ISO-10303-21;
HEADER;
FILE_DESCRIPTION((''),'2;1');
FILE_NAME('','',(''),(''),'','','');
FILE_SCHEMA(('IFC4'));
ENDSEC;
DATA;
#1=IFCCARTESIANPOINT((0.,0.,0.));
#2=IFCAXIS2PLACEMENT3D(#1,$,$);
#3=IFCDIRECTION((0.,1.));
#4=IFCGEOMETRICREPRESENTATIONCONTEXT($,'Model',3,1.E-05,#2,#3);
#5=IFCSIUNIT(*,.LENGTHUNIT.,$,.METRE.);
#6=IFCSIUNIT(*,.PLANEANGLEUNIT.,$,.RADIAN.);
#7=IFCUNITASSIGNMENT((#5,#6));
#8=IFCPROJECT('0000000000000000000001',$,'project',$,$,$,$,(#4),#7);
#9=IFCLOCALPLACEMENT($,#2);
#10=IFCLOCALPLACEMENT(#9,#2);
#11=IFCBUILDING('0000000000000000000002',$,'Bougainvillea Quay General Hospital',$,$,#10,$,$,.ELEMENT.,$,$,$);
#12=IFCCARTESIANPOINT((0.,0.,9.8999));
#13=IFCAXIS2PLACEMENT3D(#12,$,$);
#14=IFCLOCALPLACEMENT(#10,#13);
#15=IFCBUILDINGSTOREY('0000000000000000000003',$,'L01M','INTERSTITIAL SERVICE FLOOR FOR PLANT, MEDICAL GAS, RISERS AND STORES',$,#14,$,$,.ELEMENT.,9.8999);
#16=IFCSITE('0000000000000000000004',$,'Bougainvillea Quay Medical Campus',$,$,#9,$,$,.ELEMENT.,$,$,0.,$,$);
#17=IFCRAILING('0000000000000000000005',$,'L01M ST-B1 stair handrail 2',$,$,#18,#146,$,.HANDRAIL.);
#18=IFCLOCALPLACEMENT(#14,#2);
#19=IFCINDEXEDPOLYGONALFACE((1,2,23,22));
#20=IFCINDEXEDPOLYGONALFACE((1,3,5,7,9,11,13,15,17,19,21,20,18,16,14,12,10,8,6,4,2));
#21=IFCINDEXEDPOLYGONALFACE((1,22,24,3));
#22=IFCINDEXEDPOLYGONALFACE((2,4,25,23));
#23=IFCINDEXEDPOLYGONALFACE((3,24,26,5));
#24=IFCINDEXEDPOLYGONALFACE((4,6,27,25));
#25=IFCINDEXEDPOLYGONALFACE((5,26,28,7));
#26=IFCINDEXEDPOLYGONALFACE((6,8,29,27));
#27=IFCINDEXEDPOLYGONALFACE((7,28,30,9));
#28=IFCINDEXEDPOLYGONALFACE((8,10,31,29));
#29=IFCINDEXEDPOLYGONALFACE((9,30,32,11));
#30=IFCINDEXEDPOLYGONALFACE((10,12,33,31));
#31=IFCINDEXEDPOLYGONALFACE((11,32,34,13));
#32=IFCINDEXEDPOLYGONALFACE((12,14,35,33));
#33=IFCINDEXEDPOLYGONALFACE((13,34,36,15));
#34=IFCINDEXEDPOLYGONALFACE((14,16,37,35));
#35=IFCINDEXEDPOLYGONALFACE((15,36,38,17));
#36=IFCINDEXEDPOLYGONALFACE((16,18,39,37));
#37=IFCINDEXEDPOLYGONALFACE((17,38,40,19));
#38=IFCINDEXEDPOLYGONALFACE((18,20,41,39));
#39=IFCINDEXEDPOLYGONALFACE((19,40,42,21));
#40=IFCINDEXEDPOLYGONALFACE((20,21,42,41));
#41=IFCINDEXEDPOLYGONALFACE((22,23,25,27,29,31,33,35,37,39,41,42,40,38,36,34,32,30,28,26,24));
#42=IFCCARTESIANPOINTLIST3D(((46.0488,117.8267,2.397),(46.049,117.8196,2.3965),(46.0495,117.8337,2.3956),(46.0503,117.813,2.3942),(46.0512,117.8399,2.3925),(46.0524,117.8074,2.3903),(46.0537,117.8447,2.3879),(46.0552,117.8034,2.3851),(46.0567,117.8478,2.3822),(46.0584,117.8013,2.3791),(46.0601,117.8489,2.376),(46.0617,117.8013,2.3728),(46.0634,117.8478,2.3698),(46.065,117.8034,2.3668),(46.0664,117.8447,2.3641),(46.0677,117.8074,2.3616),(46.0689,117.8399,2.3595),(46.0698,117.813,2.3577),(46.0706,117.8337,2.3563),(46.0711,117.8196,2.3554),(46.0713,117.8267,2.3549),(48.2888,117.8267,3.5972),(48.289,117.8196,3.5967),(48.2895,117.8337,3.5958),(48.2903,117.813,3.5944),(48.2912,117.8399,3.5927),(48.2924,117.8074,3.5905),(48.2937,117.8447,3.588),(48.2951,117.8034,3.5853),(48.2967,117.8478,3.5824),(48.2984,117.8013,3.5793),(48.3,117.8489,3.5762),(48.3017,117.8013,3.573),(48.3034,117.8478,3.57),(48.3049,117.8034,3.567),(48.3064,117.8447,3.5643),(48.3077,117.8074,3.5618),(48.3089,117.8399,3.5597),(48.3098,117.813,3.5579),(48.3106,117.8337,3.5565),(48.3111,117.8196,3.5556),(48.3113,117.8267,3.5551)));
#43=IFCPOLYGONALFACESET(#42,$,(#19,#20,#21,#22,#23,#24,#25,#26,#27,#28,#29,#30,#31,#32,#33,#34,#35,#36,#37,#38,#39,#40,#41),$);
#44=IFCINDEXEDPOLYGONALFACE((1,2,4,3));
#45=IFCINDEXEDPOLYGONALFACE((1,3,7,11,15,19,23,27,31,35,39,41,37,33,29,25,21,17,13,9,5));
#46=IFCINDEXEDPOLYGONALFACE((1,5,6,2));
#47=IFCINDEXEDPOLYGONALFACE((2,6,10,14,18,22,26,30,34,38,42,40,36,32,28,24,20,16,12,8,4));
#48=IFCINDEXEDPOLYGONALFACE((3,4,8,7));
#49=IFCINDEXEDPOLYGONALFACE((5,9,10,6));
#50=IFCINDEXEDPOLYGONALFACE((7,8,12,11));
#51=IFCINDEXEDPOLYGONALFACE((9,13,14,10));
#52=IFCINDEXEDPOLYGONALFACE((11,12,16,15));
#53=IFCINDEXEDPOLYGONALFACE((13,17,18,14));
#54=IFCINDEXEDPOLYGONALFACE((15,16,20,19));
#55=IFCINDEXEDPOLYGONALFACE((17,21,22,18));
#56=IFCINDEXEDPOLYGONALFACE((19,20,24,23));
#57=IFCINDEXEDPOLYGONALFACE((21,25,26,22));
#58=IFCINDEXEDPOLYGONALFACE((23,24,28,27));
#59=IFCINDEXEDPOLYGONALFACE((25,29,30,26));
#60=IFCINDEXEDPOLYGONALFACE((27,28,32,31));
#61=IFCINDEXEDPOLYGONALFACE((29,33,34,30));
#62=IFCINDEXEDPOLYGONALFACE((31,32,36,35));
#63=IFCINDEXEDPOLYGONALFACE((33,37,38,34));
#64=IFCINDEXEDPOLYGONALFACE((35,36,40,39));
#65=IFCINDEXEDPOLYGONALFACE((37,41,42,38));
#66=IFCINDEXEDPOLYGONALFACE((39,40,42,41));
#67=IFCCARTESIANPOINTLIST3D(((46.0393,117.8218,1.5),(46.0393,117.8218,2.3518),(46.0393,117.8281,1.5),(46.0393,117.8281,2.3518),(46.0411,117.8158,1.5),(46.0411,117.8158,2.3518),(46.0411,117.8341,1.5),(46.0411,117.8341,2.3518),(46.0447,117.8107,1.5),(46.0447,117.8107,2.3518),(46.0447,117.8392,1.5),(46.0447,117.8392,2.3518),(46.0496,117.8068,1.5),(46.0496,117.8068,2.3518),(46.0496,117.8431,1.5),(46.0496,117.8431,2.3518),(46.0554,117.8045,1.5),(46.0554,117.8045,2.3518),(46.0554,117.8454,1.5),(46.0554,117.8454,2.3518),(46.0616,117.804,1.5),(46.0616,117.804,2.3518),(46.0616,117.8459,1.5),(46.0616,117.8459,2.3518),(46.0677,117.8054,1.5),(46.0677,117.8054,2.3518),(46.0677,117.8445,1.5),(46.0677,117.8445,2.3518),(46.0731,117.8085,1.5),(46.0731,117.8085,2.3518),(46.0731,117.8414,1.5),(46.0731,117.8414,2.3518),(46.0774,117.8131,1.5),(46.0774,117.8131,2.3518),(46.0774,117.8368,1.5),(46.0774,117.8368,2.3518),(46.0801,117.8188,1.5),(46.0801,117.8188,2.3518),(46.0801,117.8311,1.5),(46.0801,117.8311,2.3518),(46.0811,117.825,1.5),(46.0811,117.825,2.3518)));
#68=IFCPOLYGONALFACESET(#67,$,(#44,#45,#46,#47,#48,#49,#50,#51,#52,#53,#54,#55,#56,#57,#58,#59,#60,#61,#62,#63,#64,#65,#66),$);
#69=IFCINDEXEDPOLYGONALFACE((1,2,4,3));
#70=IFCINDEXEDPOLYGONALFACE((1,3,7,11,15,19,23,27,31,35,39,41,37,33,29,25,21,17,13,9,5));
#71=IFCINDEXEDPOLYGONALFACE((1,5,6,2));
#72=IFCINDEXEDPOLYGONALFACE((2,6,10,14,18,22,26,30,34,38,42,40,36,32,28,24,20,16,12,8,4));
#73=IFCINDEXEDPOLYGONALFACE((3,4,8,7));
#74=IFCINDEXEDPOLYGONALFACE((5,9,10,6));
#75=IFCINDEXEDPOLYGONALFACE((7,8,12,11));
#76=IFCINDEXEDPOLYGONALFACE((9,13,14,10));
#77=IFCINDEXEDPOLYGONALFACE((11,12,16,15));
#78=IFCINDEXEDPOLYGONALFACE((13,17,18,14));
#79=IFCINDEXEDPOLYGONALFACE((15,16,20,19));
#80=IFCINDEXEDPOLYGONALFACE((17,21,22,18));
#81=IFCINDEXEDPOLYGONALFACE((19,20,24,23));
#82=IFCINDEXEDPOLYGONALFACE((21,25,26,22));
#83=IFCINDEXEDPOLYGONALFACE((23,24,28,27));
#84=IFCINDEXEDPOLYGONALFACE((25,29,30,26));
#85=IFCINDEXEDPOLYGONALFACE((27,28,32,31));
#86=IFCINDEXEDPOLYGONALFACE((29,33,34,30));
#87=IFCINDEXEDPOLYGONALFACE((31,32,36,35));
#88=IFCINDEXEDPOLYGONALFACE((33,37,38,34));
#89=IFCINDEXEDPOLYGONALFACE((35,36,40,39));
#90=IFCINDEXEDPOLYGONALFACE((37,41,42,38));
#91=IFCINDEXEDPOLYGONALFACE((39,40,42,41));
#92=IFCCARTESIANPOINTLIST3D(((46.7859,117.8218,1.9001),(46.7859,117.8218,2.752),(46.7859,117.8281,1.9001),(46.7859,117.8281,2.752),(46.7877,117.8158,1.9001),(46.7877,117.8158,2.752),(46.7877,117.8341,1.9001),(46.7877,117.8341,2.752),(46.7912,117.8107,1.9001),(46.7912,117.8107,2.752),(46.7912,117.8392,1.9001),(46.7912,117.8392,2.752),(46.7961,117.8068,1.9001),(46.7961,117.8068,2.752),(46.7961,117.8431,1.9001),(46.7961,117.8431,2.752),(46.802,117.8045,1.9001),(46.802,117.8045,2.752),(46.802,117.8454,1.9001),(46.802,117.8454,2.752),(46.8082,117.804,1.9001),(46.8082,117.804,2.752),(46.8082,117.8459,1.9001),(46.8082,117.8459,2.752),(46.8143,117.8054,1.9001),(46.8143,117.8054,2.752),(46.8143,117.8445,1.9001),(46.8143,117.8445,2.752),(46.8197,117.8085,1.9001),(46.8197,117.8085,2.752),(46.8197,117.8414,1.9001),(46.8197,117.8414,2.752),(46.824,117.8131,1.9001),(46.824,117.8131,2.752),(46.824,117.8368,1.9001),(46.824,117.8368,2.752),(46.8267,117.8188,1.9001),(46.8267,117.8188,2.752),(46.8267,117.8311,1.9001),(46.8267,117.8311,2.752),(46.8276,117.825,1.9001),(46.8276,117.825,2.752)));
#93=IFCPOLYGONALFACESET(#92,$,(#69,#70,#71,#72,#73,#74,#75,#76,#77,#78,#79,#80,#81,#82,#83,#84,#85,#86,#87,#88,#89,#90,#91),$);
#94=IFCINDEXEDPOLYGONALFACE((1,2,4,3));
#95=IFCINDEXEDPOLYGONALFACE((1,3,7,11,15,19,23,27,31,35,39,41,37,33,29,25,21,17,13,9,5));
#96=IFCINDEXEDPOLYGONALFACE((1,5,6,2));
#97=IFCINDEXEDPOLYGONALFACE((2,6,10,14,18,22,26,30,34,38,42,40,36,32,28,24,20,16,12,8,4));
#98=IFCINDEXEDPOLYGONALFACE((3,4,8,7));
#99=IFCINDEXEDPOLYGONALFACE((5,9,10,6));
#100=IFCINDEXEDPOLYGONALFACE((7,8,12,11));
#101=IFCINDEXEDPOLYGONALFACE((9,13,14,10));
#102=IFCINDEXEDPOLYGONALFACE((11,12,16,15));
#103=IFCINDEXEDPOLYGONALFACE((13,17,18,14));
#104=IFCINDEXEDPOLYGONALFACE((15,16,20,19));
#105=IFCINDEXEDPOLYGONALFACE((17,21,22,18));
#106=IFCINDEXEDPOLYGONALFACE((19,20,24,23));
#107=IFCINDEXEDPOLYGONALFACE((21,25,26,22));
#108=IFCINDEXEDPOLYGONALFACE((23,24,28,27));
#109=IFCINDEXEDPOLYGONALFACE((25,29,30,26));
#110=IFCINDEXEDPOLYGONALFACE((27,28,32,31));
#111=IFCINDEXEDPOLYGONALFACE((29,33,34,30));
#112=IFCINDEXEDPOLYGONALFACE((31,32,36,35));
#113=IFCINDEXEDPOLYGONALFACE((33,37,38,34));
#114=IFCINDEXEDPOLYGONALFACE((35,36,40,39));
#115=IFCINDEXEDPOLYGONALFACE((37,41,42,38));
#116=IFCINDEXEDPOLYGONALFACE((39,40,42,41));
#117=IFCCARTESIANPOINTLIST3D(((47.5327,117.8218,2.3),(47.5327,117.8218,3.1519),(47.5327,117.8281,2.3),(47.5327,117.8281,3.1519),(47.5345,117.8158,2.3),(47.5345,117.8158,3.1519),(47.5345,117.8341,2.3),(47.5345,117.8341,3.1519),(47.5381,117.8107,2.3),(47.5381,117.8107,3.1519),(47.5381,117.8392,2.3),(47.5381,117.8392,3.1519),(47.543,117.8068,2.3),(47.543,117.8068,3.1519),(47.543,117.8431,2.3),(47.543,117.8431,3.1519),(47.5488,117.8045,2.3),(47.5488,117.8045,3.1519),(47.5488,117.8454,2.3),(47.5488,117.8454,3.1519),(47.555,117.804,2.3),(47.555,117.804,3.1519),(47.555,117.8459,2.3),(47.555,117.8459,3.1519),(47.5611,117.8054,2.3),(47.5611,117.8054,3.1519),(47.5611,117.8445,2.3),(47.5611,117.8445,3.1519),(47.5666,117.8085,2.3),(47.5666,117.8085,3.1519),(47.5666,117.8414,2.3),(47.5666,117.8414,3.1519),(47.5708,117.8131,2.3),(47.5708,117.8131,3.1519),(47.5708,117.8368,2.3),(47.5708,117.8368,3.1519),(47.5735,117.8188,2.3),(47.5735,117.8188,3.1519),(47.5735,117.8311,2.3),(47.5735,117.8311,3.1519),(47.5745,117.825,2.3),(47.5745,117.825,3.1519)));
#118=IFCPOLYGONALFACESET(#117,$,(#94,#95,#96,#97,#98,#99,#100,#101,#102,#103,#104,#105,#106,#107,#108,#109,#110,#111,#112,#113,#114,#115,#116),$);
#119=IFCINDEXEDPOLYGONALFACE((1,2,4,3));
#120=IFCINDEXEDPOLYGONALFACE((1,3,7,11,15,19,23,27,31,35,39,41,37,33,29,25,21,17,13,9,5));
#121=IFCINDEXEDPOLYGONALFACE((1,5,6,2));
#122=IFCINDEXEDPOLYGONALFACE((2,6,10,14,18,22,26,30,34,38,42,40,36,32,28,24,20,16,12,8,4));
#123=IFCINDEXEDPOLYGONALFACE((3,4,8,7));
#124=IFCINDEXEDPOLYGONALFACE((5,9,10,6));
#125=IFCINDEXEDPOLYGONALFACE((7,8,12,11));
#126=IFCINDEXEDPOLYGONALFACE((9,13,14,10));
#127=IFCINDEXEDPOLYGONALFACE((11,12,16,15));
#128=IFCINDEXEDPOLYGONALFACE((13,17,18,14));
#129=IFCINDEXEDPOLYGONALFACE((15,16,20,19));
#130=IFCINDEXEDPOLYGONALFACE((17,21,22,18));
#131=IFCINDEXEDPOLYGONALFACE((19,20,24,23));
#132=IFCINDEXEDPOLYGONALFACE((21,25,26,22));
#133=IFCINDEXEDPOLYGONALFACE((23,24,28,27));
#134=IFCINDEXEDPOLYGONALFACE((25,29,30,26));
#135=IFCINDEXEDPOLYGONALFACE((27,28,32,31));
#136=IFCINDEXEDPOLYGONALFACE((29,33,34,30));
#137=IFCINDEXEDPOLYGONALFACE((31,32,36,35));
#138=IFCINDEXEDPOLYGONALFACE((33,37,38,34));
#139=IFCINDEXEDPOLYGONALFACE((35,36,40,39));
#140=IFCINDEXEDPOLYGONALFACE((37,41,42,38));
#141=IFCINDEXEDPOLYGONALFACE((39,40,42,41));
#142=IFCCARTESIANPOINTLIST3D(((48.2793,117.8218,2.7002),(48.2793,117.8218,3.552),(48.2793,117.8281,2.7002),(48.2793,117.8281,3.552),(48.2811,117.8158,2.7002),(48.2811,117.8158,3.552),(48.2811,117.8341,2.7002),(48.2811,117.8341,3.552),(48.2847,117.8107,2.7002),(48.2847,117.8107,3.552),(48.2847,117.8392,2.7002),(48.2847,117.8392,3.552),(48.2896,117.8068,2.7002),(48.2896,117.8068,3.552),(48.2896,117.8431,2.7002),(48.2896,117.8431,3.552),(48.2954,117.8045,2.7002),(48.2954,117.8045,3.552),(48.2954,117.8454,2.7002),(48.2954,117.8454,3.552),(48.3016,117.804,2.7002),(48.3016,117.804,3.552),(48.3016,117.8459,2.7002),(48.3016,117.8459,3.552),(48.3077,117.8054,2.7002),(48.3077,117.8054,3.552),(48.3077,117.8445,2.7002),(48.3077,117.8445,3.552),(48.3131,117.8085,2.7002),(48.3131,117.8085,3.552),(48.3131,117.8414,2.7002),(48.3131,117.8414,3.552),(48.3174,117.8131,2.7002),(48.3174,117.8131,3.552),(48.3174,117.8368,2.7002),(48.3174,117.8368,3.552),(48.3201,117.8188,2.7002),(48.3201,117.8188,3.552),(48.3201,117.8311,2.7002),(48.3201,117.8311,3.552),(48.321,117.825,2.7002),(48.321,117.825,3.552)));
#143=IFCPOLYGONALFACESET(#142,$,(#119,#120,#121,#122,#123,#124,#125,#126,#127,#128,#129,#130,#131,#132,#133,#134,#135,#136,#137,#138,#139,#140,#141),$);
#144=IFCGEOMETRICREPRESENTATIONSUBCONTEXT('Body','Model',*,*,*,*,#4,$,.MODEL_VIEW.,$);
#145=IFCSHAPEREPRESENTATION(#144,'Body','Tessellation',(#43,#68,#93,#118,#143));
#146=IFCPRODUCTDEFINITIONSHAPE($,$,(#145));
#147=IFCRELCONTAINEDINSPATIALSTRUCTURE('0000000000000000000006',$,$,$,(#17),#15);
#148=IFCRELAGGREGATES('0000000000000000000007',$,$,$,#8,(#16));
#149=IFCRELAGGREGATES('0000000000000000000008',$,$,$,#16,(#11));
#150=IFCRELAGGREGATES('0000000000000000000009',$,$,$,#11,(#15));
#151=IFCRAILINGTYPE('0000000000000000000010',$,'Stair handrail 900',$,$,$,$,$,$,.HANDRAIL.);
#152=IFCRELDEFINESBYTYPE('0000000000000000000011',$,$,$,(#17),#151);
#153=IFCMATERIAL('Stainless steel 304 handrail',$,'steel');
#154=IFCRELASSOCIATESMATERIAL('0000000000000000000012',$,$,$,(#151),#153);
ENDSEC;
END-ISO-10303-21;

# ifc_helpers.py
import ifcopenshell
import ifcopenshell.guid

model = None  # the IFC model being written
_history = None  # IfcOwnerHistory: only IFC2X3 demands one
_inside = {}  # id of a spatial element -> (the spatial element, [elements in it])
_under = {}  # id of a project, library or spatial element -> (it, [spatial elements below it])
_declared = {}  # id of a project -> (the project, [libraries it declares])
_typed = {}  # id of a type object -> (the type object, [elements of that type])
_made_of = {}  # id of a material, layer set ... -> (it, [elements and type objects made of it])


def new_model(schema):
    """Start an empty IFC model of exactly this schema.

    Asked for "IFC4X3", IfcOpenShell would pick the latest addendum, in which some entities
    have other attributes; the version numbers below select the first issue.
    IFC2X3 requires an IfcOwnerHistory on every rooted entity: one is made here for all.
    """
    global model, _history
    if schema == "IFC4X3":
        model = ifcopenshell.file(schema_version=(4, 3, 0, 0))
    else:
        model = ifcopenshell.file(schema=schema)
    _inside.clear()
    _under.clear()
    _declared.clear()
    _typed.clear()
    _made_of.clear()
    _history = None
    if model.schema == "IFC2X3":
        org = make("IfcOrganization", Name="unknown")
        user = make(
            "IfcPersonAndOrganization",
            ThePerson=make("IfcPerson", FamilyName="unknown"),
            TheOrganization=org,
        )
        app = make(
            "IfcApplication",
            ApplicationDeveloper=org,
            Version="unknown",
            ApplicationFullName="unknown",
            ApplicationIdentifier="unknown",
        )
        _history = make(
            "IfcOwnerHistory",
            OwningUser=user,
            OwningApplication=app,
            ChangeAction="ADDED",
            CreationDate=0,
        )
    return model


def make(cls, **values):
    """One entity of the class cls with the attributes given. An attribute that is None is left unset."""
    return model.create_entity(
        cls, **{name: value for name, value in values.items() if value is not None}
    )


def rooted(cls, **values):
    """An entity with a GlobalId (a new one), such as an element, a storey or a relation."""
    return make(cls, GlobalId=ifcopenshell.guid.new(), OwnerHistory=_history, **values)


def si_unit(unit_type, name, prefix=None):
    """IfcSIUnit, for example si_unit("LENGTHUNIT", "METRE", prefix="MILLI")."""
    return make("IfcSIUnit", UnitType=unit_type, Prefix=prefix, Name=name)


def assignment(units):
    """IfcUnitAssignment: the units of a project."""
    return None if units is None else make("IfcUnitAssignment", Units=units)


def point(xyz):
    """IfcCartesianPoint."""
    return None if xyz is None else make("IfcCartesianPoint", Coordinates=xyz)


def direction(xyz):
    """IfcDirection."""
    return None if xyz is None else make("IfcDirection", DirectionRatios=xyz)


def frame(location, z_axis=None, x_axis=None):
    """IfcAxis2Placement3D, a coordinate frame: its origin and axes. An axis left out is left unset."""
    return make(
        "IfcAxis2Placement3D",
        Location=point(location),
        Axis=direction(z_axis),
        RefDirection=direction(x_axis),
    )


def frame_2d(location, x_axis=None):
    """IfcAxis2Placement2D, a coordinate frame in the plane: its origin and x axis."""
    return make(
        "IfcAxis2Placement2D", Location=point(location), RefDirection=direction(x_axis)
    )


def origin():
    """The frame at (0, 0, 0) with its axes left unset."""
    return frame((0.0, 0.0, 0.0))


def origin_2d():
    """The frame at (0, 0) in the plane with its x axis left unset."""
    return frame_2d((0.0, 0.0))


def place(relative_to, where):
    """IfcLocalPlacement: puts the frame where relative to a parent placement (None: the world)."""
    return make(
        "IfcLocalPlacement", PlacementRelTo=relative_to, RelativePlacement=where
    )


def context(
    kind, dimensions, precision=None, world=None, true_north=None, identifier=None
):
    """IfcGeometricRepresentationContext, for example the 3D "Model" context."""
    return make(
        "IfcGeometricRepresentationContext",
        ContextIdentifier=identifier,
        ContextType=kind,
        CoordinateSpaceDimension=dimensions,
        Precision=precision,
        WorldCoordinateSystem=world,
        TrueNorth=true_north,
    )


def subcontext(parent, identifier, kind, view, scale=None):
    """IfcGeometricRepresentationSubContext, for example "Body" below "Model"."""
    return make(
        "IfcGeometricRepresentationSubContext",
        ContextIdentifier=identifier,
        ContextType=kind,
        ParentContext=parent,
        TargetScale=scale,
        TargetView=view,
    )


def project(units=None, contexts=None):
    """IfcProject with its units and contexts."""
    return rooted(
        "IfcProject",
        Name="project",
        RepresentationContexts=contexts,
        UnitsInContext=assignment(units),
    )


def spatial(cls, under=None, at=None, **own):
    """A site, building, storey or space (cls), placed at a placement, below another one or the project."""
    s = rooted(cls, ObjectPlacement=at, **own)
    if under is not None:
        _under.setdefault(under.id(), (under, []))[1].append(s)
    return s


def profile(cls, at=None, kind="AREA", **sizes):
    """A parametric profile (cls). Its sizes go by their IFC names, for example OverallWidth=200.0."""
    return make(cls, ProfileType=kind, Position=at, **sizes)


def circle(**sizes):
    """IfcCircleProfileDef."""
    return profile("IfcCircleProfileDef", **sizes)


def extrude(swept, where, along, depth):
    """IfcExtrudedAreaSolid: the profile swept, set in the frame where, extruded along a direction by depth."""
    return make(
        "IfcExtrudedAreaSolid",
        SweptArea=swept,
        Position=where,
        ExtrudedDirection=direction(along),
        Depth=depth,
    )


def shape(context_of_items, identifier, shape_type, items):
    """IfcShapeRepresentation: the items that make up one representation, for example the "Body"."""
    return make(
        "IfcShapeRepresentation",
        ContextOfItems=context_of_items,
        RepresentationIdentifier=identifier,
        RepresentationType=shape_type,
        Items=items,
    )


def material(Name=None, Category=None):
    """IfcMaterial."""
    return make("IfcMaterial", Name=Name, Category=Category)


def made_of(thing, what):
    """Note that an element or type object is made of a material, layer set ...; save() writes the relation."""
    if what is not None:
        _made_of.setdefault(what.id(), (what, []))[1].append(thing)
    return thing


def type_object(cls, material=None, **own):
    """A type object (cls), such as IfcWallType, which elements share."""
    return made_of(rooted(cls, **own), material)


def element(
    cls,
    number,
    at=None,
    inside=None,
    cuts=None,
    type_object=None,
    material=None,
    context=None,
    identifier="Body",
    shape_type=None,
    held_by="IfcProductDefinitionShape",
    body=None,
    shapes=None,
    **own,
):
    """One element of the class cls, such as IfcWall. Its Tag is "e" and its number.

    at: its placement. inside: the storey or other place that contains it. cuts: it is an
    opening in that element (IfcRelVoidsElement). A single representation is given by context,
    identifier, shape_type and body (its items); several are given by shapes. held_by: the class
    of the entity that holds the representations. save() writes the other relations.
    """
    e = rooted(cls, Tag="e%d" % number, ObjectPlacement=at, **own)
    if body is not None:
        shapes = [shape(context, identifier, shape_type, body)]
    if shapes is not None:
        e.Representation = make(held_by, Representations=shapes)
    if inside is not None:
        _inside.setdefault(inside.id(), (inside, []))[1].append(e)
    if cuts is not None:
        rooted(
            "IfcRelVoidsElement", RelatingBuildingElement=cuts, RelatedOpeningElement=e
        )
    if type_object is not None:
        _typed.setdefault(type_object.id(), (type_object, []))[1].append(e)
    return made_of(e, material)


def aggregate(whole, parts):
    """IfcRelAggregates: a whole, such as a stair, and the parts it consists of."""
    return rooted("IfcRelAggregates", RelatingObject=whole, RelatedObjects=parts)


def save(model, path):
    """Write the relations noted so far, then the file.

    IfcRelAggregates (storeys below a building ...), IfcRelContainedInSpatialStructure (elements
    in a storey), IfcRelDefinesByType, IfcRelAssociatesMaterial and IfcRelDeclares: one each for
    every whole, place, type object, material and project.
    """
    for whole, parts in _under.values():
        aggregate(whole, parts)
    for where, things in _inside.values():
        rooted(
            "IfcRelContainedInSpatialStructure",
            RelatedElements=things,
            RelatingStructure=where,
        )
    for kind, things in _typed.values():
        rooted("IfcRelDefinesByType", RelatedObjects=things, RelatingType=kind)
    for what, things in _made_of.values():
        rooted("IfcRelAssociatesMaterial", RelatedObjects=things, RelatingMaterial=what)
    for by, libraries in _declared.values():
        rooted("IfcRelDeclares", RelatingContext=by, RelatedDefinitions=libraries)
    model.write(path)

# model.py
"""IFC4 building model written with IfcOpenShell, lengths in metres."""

from ifc_helpers import new_model, si_unit, direction, frame, origin, origin_2d, place, context, subcontext, project, spatial, circle, extrude, material, type_object, element, save


model = new_model("IFC4")

# Units and contexts
model_context = context("Model", 3, precision=1e-05, world=origin(), true_north=direction((0.0, 1.0)))
body_context = subcontext(model_context, "Body", "Model", "MODEL_VIEW")
ifc_project = project(units=[si_unit("LENGTHUNIT", "METRE"), si_unit("PLANEANGLEUNIT", "RADIAN")], contexts=[model_context])

# Site, building, storey
site_placement = place(None, origin())
site = spatial("IfcSite", under=ifc_project, at=site_placement, Name="Bougainvillea Quay Medical Campus", CompositionType="ELEMENT", RefElevation=0.0)
building_placement = place(site_placement, origin())
building = spatial("IfcBuilding", under=site, at=building_placement, Name="Bougainvillea Quay General Hospital", CompositionType="ELEMENT")
storey_placement = place(building_placement, frame((0.0, 0.0, 9.8999)))
storey = spatial("IfcBuildingStorey", under=building, at=storey_placement, Name="L01M", Description="INTERSTITIAL SERVICE FLOOR FOR PLANT, MEDICAL GAS, RISERS AND STORES", CompositionType="ELEMENT", Elevation=9.8999)

# Railing
ifc_material_1 = material(Name="Stainless steel 304 handrail", Category="steel")
railing_type_1 = type_object("IfcRailingType", Name="Stair handrail 900", PredefinedType="HANDRAIL", material=ifc_material_1)
railing_1_placement = place(storey_placement, frame((46.0601, 117.825, 1.5)))
element("IfcRailing", 1, at=railing_1_placement, inside=storey, type_object=railing_type_1, Name="L01M ST-B1 stair handrail 2", PredefinedType="HANDRAIL", context=body_context, shape_type="SweptSolid", body=[
    extrude(circle(Radius=0.0239, at=origin_2d()), frame((0.0, 0.0, 0.876), z_axis=(0.881447, 0.0, 0.472283), x_axis=(0.0, 1.0, 0.0)), (0.0, 0.0, 1.0), 2.5413),
    extrude(circle(Radius=0.021, at=origin_2d()), origin(), (0.0, 0.0, 1.0), 0.8518),
    extrude(circle(Radius=0.021, at=origin_2d()), frame((0.7466, 0.0, 0.4001)), (0.0, 0.0, 1.0), 0.8518),
    extrude(circle(Radius=0.021, at=origin_2d()), frame((1.4934, 0.0, 0.8)), (0.0, 0.0, 1.0), 0.8518),
    extrude(circle(Radius=0.021, at=origin_2d()), frame((2.24, 0.0, 1.2002)), (0.0, 0.0, 1.0), 0.8518),
])

save(model, "model.ifc")
